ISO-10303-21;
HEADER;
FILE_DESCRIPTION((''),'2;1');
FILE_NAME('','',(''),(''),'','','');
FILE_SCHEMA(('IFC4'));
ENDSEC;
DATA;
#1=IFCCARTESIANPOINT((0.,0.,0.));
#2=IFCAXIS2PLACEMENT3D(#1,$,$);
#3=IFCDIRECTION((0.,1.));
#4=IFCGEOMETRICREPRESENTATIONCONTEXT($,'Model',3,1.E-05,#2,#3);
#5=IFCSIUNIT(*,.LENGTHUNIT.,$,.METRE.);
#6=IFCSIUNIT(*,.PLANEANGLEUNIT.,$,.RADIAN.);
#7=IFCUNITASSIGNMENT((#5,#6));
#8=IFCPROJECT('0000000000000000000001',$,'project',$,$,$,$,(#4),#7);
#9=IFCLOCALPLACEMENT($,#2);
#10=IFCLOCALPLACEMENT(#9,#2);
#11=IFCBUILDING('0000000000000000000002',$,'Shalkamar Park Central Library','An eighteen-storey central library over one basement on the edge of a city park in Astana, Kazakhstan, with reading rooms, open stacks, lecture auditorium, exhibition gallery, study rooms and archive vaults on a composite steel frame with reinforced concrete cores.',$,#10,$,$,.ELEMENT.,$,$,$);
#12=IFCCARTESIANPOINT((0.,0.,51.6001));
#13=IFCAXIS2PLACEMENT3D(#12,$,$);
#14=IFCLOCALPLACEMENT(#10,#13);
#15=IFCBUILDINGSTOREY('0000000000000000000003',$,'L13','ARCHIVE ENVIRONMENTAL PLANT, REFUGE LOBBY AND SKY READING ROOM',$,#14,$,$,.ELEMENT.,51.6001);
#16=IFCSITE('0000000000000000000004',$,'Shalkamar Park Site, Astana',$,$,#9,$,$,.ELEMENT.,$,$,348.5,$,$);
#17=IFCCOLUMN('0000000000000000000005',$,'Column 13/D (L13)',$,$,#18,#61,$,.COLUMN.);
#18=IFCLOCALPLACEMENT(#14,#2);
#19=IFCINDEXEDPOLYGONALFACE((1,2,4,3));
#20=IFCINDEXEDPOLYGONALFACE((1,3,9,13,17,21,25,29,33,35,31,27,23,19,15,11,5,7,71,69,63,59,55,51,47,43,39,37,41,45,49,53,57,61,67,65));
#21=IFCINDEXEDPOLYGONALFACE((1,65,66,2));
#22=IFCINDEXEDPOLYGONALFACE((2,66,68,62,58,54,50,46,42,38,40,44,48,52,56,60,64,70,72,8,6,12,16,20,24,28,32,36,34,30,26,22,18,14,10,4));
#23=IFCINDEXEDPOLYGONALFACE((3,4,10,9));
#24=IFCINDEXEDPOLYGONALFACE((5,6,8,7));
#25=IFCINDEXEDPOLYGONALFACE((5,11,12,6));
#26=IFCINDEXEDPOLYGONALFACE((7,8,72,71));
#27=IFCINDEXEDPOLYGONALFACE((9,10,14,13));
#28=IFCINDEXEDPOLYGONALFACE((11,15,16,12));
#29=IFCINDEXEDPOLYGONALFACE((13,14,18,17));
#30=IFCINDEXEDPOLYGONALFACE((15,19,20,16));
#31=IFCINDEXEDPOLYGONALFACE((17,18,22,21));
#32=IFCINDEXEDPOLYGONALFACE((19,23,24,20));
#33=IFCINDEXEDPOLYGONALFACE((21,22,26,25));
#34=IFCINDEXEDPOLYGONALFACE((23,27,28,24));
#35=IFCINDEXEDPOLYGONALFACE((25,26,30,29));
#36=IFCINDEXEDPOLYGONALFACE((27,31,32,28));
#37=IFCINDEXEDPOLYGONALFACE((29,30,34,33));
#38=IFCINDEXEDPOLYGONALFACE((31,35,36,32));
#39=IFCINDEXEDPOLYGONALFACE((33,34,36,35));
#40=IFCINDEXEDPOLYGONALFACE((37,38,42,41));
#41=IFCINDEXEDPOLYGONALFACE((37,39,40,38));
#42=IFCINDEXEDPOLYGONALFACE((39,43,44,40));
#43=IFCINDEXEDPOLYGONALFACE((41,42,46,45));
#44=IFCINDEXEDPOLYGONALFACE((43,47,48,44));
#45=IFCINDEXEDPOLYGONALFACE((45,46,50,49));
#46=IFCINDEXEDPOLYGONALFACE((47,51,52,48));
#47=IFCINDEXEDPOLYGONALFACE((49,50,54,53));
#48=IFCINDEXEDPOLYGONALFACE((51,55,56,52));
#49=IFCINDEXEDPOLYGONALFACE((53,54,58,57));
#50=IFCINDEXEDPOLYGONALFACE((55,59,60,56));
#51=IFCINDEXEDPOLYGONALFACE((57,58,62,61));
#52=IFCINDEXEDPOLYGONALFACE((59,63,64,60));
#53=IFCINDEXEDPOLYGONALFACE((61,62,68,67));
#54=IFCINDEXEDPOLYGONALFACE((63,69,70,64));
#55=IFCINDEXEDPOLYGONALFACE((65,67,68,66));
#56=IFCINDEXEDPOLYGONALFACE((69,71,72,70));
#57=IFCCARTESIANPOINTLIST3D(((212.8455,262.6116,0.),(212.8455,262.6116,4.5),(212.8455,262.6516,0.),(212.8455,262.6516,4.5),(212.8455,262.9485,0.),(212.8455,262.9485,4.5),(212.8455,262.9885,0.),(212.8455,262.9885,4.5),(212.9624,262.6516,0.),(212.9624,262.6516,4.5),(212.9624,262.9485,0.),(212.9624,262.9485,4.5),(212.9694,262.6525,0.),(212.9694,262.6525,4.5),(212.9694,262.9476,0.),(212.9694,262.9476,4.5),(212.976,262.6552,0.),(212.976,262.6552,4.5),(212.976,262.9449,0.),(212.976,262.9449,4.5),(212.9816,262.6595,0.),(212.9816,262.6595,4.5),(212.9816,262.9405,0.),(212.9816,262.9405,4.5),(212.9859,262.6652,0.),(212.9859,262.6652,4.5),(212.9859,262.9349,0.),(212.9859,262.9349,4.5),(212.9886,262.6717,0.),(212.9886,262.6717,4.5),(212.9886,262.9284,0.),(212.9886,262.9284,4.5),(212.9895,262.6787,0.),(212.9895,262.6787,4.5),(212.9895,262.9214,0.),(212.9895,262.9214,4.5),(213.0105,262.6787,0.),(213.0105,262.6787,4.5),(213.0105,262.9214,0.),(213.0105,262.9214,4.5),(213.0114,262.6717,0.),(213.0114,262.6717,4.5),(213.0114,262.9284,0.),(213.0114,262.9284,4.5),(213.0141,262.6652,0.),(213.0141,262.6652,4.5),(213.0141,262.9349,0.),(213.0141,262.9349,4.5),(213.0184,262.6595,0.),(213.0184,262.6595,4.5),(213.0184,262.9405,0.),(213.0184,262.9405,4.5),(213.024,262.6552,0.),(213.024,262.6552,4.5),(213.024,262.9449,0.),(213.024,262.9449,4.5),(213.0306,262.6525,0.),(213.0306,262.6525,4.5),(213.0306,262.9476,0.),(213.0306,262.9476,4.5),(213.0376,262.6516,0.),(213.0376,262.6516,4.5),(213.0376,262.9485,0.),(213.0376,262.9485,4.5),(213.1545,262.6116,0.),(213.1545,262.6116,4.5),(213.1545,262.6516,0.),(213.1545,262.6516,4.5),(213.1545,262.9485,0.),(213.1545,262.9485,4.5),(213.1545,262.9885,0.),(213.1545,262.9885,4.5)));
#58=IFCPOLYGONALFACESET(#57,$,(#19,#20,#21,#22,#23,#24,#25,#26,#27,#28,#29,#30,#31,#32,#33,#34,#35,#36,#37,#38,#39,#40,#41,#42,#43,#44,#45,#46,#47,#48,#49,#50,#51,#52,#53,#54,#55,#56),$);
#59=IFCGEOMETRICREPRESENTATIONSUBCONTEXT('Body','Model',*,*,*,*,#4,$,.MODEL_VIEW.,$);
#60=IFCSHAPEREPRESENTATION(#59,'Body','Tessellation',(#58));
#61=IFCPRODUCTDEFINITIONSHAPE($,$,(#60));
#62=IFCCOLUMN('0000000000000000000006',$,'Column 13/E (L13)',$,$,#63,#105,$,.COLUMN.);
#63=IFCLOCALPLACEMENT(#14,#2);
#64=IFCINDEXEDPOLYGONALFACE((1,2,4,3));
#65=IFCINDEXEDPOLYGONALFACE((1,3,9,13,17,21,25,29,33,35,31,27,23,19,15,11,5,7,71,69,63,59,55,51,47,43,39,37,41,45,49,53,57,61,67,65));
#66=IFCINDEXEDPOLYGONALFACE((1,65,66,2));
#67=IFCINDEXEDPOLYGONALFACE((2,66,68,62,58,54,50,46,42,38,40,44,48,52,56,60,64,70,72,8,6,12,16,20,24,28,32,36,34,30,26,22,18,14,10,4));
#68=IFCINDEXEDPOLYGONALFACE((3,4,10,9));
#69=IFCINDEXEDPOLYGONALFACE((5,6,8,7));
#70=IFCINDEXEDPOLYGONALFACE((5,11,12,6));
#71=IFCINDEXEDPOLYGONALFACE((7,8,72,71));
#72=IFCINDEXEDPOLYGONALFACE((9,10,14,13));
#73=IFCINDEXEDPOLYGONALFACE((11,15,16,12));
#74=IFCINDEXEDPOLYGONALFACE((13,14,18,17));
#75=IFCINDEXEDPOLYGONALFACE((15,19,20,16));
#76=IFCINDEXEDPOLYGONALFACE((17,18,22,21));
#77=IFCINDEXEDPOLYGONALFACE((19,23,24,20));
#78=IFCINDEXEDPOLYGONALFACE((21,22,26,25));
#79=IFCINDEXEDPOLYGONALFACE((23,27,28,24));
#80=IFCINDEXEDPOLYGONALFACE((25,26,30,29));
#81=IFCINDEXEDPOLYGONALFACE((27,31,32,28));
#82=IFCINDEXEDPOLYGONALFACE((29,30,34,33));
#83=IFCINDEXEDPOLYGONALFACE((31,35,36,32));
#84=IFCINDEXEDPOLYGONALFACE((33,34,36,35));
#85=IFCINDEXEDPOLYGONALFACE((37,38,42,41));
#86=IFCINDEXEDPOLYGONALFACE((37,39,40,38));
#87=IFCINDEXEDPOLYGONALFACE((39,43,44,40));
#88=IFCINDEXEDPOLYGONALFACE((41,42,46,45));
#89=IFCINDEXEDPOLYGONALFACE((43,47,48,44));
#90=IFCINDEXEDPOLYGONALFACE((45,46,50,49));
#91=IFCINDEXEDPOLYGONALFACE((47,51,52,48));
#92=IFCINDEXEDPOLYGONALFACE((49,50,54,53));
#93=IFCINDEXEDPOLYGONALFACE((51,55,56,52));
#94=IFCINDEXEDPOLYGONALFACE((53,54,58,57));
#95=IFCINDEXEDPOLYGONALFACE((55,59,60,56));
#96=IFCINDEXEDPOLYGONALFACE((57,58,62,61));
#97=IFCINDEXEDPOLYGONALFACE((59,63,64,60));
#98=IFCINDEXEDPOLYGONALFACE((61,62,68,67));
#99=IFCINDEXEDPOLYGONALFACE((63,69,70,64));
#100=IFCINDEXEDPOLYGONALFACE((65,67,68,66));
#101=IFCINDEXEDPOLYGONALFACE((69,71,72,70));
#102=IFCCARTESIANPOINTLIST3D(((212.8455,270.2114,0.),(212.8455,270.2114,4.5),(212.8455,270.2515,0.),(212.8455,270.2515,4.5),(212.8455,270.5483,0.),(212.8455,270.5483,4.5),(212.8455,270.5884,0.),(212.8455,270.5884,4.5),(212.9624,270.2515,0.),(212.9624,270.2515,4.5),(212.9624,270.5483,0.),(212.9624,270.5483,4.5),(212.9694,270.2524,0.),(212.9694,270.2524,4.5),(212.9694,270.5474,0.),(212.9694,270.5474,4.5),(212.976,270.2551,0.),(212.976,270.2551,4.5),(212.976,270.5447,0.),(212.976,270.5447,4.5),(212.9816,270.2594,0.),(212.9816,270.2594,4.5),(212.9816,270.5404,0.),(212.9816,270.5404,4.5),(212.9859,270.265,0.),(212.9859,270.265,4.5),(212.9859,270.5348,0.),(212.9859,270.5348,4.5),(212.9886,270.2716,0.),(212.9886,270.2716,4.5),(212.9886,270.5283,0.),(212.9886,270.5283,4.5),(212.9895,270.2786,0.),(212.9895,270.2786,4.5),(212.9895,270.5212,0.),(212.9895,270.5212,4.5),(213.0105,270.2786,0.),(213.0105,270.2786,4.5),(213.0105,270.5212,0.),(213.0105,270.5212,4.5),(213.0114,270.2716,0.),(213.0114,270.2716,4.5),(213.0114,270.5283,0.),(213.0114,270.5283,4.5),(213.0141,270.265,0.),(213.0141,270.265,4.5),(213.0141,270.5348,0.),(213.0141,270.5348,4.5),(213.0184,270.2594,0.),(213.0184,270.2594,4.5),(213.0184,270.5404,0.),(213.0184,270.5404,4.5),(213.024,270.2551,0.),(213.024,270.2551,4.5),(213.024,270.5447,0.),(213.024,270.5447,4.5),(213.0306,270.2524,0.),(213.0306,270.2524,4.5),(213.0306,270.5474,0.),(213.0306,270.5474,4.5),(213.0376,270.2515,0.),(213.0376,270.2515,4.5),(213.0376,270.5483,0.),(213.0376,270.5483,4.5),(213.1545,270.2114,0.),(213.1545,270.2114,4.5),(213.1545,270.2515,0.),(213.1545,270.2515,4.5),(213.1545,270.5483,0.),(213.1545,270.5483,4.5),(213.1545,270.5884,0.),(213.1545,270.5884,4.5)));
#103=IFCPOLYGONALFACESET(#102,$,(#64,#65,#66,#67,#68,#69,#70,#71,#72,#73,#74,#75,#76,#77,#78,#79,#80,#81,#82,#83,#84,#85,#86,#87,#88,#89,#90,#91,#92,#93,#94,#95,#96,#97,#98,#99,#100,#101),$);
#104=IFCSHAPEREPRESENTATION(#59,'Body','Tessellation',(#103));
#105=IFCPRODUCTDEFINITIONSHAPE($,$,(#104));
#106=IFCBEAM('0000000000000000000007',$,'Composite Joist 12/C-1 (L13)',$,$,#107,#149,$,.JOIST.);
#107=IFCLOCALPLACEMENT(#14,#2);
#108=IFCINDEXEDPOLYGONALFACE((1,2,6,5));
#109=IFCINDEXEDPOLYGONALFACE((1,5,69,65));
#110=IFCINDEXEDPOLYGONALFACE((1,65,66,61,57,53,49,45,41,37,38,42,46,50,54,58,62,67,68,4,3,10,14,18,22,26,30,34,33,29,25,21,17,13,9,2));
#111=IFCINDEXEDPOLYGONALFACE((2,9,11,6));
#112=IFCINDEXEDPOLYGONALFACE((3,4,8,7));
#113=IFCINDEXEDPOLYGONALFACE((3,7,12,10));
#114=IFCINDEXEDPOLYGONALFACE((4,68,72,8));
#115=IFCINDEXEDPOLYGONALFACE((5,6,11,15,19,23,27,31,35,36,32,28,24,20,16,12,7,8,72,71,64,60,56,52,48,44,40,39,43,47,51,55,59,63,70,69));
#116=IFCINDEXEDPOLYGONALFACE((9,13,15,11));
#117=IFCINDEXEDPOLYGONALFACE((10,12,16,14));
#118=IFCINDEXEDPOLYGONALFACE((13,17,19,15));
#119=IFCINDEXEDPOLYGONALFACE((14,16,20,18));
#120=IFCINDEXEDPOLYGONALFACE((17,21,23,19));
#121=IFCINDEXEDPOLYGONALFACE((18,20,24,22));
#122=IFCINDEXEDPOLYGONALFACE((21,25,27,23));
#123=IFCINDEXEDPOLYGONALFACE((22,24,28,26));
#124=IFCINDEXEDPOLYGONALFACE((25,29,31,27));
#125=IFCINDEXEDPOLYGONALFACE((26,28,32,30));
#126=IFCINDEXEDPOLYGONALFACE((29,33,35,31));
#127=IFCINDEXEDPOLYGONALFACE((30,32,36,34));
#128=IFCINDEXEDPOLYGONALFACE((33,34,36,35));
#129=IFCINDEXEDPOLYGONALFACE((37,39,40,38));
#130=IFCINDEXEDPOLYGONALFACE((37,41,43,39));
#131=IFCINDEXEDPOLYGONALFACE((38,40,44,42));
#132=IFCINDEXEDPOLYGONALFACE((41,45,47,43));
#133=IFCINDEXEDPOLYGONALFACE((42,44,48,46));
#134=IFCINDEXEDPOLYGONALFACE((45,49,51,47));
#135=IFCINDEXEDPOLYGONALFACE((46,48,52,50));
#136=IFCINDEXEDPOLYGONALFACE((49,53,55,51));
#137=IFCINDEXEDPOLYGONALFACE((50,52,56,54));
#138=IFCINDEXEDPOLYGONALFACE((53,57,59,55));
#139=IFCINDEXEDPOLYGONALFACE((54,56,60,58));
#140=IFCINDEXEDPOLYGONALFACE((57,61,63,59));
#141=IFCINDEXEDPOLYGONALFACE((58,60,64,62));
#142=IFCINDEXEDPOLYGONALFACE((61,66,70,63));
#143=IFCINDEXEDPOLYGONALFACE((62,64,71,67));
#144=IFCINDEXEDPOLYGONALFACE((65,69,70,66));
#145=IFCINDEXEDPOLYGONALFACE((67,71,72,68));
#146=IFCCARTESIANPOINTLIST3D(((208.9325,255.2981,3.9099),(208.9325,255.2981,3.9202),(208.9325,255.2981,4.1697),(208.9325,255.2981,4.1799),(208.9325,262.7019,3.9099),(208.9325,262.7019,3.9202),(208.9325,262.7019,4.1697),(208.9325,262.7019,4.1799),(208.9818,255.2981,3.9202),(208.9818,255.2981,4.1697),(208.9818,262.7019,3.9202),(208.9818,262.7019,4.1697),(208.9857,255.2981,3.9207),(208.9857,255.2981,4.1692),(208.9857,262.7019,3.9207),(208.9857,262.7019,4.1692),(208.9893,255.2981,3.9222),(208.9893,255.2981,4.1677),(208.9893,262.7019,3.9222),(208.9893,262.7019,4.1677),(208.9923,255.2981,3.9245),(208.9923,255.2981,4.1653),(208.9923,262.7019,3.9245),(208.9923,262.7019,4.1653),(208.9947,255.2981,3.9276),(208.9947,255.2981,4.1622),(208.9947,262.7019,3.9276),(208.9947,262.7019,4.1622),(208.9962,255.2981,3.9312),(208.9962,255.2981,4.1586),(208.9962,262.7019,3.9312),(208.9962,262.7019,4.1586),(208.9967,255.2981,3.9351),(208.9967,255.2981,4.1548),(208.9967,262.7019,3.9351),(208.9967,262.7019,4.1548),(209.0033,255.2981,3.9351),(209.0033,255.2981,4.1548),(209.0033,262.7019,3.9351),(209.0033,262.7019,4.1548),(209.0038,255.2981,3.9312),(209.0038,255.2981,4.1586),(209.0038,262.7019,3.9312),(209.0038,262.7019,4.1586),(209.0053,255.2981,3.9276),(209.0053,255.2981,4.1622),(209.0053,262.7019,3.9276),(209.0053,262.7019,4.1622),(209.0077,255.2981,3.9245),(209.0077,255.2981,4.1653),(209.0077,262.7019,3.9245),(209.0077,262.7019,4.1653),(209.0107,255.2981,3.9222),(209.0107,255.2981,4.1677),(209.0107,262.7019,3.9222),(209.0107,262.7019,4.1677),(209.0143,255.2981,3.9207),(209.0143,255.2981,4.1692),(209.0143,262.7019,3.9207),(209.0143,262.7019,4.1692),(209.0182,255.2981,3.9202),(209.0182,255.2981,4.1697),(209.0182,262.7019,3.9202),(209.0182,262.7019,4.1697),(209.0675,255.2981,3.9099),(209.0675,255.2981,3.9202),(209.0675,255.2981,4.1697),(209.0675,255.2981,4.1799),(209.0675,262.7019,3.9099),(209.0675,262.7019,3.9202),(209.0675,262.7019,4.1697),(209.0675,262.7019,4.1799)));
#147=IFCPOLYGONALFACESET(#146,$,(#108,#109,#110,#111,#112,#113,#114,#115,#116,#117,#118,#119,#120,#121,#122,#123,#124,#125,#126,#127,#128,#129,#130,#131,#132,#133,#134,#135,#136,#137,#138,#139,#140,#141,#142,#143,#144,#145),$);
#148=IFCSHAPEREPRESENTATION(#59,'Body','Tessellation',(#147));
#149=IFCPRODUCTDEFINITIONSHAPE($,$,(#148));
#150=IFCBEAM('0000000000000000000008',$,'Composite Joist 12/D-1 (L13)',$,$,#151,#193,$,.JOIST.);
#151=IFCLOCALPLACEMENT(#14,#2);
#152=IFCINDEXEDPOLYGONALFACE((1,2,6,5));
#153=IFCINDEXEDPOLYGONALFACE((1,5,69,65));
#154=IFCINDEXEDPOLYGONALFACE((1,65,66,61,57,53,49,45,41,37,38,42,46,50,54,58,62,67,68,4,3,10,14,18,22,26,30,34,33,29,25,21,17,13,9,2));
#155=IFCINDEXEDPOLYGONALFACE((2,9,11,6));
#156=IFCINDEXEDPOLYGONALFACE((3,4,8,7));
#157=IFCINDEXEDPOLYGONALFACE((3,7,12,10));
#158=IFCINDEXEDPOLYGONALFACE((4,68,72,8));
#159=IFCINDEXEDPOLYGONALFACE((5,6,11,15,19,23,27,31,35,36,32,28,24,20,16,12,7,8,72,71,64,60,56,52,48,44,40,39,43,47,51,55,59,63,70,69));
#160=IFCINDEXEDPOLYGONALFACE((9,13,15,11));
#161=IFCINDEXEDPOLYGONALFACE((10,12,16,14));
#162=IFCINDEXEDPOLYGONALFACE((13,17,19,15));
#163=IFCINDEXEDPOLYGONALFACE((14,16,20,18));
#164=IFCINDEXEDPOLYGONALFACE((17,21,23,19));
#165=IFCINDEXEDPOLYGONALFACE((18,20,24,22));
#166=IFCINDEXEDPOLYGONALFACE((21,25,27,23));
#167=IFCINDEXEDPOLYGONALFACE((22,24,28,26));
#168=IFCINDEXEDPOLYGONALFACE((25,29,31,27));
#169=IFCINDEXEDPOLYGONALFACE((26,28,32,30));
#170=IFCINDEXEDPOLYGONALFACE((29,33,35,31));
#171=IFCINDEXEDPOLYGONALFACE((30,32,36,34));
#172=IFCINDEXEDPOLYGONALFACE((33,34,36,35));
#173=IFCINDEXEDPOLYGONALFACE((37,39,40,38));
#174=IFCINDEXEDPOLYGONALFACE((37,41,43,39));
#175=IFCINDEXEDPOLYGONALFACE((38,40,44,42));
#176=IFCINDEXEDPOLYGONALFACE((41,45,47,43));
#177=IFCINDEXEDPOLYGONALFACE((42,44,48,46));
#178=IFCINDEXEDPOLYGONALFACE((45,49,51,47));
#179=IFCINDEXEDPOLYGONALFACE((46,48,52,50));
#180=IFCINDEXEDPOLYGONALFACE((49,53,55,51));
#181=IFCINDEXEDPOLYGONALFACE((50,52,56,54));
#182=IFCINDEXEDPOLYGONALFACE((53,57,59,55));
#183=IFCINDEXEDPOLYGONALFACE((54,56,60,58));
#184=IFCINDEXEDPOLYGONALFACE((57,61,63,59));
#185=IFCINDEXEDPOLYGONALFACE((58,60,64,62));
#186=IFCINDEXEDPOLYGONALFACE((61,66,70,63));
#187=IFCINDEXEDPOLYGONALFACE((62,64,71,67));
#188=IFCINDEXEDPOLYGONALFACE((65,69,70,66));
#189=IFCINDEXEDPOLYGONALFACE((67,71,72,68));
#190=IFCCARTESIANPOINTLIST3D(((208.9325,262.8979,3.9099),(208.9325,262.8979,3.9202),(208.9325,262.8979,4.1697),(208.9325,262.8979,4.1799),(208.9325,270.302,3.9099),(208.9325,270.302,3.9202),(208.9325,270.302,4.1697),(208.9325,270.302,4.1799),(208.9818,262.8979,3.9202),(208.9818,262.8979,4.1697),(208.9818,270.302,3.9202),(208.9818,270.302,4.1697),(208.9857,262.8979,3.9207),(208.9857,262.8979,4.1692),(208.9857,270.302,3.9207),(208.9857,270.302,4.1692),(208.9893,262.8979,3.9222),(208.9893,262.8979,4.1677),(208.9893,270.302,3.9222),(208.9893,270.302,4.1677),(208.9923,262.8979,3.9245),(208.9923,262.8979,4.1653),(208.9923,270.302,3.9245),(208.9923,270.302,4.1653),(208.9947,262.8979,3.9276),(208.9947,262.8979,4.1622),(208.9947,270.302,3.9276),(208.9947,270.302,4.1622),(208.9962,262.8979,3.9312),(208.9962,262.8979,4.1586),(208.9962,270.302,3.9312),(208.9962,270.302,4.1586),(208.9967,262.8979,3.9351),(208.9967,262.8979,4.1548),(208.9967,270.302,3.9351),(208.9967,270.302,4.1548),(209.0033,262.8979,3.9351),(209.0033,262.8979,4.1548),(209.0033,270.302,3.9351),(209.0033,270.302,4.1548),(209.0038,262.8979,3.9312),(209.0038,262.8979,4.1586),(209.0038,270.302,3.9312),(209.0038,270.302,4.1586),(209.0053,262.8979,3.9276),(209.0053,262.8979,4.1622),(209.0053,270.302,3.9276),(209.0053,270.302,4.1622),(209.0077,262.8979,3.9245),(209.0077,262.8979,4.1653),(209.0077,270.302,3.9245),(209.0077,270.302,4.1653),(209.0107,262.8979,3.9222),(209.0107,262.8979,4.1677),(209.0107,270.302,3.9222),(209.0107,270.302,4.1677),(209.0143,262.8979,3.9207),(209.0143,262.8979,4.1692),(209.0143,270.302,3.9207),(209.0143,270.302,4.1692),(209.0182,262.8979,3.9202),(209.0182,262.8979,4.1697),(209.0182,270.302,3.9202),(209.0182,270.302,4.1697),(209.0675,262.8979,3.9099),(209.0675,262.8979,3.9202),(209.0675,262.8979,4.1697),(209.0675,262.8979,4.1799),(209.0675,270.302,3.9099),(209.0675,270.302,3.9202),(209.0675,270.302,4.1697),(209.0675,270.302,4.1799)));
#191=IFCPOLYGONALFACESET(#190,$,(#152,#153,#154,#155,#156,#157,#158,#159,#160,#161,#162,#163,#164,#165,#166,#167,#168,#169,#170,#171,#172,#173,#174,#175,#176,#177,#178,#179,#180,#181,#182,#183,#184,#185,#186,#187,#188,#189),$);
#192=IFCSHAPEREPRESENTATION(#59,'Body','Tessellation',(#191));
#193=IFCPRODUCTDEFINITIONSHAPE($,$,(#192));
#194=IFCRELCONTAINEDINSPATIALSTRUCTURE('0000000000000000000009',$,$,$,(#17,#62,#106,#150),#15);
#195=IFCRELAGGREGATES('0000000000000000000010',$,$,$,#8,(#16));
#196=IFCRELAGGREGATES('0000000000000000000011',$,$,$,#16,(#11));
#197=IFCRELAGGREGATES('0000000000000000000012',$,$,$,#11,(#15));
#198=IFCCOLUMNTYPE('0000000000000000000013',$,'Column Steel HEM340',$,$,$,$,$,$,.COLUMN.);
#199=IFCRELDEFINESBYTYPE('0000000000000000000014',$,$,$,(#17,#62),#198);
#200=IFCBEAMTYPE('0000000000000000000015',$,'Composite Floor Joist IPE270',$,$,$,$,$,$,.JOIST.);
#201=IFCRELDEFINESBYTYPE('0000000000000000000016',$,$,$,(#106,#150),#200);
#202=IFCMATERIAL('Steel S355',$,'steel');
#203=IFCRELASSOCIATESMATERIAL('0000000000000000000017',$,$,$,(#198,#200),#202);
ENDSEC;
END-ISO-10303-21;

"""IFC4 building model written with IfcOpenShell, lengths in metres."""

from ifc_helpers import new_model, si_unit, direction, frame, origin, origin_2d, place, context, subcontext, project, spatial, i_section, extrude, material, material_profile, profile_set, type_object, element, save


model = new_model("IFC4")

# Units and contexts
model_context = context("Model", 3, precision=1e-05, world=origin(), true_north=direction((0.0, 1.0)))
body_context = subcontext(model_context, "Body", "Model", "MODEL_VIEW")
ifc_project = project(units=[si_unit("LENGTHUNIT", "METRE"), si_unit("PLANEANGLEUNIT", "RADIAN")], contexts=[model_context])

# Site, building, storey
site_placement = place(None, origin())
site = spatial("IfcSite", under=ifc_project, at=site_placement, Name="Shalkamar Park Site, Astana", CompositionType="ELEMENT", RefElevation=348.5)
building_placement = place(site_placement, origin())
building = spatial("IfcBuilding", under=site, at=building_placement, Name="Shalkamar Park Central Library", Description="An eighteen-storey central library over one basement on the edge of a city park in Astana, Kazakhstan, with reading rooms, open stacks, lecture auditorium, exhibition gallery, study rooms and archive vaults on a composite steel frame with reinforced concrete cores.", CompositionType="ELEMENT")
storey_placement = place(building_placement, frame((0.0, 0.0, 51.6001)))
storey = spatial("IfcBuildingStorey", under=building, at=storey_placement, Name="L13", Description="ARCHIVE ENVIRONMENTAL PLANT, REFUGE LOBBY AND SKY READING ROOM", CompositionType="ELEMENT", Elevation=51.6001)

# Columns
ifc_material_1 = material(Name="Steel S355", Category="steel")
ifc_material_profile_1 = material_profile(ifc_material_1, i_section(OverallWidth=0.3091, OverallDepth=0.377, WebThickness=0.021, FlangeThickness=0.04, FilletRadius=0.0271, at=origin_2d()), Name="HEM 340")
ifc_profile_set_1 = profile_set([ifc_material_profile_1], Name="Steel S355")
column_type_1 = type_object("IfcColumnType", Name="Column Steel HEM340", PredefinedType="COLUMN", material=ifc_profile_set_1)
for number, where, z_axis, x_axis, name in (
    (1, (213.0, 262.8, 0.0), (0.0, 0.0, 1.0), (1.0, 0.0, 0.0), "Column 13/D (L13)"),
    (2, (213.0, 270.3999, 0.0), (0.0, 0.0, 1.0), (1.0, 0.0, 0.0), "Column 13/E (L13)"),
):
    element("IfcColumn", number, at=place(storey_placement, frame(where, z_axis=z_axis, x_axis=x_axis)), inside=storey, type_object=column_type_1, Name=name, PredefinedType="COLUMN", context=body_context, shape_type="SweptSolid", body=[
        extrude(i_section(OverallWidth=0.3091, OverallDepth=0.377, WebThickness=0.021, FlangeThickness=0.04, FilletRadius=0.0271, at=origin_2d()), origin(), (0.0, 0.0, 1.0), 4.5),
    ])

# Beams
ifc_material_profile_2 = material_profile(ifc_material_1, i_section(OverallWidth=0.135, OverallDepth=0.27, WebThickness=0.0066, FlangeThickness=0.0103, FilletRadius=0.0149, at=origin_2d()), Name="IPE 270")
ifc_profile_set_2 = profile_set([ifc_material_profile_2], Name="Steel S355")
beam_type_1 = type_object("IfcBeamType", Name="Composite Floor Joist IPE270", PredefinedType="JOIST", material=ifc_profile_set_2)
beam_1_placement = place(storey_placement, frame((209.0, 255.2981, 4.0449), z_axis=(0.0, 1.0, 0.0), x_axis=(-1.0, 0.0, 0.0)))
element("IfcBeam", 3, at=beam_1_placement, inside=storey, type_object=beam_type_1, Name="Composite Joist 12/C-1 (L13)", PredefinedType="JOIST", context=body_context, shape_type="SweptSolid", body=[
    extrude(i_section(OverallWidth=0.135, OverallDepth=0.27, WebThickness=0.0066, FlangeThickness=0.0103, FilletRadius=0.0149, at=origin_2d()), origin(), (0.0, 0.0, 1.0), 7.4038),
])
beam_2_placement = place(storey_placement, frame((209.0, 262.8979, 4.0449), z_axis=(0.0, 1.0, 0.0), x_axis=(-1.0, 0.0, 0.0)))
element("IfcBeam", 4, at=beam_2_placement, inside=storey, type_object=beam_type_1, Name="Composite Joist 12/D-1 (L13)", PredefinedType="JOIST", context=body_context, shape_type="SweptSolid", body=[
    extrude(i_section(OverallWidth=0.135, OverallDepth=0.27, WebThickness=0.0066, FlangeThickness=0.0103, FilletRadius=0.0149, at=origin_2d()), origin(), (0.0, 0.0, 1.0), 7.4041),
])

save(model, "model.ifc")
